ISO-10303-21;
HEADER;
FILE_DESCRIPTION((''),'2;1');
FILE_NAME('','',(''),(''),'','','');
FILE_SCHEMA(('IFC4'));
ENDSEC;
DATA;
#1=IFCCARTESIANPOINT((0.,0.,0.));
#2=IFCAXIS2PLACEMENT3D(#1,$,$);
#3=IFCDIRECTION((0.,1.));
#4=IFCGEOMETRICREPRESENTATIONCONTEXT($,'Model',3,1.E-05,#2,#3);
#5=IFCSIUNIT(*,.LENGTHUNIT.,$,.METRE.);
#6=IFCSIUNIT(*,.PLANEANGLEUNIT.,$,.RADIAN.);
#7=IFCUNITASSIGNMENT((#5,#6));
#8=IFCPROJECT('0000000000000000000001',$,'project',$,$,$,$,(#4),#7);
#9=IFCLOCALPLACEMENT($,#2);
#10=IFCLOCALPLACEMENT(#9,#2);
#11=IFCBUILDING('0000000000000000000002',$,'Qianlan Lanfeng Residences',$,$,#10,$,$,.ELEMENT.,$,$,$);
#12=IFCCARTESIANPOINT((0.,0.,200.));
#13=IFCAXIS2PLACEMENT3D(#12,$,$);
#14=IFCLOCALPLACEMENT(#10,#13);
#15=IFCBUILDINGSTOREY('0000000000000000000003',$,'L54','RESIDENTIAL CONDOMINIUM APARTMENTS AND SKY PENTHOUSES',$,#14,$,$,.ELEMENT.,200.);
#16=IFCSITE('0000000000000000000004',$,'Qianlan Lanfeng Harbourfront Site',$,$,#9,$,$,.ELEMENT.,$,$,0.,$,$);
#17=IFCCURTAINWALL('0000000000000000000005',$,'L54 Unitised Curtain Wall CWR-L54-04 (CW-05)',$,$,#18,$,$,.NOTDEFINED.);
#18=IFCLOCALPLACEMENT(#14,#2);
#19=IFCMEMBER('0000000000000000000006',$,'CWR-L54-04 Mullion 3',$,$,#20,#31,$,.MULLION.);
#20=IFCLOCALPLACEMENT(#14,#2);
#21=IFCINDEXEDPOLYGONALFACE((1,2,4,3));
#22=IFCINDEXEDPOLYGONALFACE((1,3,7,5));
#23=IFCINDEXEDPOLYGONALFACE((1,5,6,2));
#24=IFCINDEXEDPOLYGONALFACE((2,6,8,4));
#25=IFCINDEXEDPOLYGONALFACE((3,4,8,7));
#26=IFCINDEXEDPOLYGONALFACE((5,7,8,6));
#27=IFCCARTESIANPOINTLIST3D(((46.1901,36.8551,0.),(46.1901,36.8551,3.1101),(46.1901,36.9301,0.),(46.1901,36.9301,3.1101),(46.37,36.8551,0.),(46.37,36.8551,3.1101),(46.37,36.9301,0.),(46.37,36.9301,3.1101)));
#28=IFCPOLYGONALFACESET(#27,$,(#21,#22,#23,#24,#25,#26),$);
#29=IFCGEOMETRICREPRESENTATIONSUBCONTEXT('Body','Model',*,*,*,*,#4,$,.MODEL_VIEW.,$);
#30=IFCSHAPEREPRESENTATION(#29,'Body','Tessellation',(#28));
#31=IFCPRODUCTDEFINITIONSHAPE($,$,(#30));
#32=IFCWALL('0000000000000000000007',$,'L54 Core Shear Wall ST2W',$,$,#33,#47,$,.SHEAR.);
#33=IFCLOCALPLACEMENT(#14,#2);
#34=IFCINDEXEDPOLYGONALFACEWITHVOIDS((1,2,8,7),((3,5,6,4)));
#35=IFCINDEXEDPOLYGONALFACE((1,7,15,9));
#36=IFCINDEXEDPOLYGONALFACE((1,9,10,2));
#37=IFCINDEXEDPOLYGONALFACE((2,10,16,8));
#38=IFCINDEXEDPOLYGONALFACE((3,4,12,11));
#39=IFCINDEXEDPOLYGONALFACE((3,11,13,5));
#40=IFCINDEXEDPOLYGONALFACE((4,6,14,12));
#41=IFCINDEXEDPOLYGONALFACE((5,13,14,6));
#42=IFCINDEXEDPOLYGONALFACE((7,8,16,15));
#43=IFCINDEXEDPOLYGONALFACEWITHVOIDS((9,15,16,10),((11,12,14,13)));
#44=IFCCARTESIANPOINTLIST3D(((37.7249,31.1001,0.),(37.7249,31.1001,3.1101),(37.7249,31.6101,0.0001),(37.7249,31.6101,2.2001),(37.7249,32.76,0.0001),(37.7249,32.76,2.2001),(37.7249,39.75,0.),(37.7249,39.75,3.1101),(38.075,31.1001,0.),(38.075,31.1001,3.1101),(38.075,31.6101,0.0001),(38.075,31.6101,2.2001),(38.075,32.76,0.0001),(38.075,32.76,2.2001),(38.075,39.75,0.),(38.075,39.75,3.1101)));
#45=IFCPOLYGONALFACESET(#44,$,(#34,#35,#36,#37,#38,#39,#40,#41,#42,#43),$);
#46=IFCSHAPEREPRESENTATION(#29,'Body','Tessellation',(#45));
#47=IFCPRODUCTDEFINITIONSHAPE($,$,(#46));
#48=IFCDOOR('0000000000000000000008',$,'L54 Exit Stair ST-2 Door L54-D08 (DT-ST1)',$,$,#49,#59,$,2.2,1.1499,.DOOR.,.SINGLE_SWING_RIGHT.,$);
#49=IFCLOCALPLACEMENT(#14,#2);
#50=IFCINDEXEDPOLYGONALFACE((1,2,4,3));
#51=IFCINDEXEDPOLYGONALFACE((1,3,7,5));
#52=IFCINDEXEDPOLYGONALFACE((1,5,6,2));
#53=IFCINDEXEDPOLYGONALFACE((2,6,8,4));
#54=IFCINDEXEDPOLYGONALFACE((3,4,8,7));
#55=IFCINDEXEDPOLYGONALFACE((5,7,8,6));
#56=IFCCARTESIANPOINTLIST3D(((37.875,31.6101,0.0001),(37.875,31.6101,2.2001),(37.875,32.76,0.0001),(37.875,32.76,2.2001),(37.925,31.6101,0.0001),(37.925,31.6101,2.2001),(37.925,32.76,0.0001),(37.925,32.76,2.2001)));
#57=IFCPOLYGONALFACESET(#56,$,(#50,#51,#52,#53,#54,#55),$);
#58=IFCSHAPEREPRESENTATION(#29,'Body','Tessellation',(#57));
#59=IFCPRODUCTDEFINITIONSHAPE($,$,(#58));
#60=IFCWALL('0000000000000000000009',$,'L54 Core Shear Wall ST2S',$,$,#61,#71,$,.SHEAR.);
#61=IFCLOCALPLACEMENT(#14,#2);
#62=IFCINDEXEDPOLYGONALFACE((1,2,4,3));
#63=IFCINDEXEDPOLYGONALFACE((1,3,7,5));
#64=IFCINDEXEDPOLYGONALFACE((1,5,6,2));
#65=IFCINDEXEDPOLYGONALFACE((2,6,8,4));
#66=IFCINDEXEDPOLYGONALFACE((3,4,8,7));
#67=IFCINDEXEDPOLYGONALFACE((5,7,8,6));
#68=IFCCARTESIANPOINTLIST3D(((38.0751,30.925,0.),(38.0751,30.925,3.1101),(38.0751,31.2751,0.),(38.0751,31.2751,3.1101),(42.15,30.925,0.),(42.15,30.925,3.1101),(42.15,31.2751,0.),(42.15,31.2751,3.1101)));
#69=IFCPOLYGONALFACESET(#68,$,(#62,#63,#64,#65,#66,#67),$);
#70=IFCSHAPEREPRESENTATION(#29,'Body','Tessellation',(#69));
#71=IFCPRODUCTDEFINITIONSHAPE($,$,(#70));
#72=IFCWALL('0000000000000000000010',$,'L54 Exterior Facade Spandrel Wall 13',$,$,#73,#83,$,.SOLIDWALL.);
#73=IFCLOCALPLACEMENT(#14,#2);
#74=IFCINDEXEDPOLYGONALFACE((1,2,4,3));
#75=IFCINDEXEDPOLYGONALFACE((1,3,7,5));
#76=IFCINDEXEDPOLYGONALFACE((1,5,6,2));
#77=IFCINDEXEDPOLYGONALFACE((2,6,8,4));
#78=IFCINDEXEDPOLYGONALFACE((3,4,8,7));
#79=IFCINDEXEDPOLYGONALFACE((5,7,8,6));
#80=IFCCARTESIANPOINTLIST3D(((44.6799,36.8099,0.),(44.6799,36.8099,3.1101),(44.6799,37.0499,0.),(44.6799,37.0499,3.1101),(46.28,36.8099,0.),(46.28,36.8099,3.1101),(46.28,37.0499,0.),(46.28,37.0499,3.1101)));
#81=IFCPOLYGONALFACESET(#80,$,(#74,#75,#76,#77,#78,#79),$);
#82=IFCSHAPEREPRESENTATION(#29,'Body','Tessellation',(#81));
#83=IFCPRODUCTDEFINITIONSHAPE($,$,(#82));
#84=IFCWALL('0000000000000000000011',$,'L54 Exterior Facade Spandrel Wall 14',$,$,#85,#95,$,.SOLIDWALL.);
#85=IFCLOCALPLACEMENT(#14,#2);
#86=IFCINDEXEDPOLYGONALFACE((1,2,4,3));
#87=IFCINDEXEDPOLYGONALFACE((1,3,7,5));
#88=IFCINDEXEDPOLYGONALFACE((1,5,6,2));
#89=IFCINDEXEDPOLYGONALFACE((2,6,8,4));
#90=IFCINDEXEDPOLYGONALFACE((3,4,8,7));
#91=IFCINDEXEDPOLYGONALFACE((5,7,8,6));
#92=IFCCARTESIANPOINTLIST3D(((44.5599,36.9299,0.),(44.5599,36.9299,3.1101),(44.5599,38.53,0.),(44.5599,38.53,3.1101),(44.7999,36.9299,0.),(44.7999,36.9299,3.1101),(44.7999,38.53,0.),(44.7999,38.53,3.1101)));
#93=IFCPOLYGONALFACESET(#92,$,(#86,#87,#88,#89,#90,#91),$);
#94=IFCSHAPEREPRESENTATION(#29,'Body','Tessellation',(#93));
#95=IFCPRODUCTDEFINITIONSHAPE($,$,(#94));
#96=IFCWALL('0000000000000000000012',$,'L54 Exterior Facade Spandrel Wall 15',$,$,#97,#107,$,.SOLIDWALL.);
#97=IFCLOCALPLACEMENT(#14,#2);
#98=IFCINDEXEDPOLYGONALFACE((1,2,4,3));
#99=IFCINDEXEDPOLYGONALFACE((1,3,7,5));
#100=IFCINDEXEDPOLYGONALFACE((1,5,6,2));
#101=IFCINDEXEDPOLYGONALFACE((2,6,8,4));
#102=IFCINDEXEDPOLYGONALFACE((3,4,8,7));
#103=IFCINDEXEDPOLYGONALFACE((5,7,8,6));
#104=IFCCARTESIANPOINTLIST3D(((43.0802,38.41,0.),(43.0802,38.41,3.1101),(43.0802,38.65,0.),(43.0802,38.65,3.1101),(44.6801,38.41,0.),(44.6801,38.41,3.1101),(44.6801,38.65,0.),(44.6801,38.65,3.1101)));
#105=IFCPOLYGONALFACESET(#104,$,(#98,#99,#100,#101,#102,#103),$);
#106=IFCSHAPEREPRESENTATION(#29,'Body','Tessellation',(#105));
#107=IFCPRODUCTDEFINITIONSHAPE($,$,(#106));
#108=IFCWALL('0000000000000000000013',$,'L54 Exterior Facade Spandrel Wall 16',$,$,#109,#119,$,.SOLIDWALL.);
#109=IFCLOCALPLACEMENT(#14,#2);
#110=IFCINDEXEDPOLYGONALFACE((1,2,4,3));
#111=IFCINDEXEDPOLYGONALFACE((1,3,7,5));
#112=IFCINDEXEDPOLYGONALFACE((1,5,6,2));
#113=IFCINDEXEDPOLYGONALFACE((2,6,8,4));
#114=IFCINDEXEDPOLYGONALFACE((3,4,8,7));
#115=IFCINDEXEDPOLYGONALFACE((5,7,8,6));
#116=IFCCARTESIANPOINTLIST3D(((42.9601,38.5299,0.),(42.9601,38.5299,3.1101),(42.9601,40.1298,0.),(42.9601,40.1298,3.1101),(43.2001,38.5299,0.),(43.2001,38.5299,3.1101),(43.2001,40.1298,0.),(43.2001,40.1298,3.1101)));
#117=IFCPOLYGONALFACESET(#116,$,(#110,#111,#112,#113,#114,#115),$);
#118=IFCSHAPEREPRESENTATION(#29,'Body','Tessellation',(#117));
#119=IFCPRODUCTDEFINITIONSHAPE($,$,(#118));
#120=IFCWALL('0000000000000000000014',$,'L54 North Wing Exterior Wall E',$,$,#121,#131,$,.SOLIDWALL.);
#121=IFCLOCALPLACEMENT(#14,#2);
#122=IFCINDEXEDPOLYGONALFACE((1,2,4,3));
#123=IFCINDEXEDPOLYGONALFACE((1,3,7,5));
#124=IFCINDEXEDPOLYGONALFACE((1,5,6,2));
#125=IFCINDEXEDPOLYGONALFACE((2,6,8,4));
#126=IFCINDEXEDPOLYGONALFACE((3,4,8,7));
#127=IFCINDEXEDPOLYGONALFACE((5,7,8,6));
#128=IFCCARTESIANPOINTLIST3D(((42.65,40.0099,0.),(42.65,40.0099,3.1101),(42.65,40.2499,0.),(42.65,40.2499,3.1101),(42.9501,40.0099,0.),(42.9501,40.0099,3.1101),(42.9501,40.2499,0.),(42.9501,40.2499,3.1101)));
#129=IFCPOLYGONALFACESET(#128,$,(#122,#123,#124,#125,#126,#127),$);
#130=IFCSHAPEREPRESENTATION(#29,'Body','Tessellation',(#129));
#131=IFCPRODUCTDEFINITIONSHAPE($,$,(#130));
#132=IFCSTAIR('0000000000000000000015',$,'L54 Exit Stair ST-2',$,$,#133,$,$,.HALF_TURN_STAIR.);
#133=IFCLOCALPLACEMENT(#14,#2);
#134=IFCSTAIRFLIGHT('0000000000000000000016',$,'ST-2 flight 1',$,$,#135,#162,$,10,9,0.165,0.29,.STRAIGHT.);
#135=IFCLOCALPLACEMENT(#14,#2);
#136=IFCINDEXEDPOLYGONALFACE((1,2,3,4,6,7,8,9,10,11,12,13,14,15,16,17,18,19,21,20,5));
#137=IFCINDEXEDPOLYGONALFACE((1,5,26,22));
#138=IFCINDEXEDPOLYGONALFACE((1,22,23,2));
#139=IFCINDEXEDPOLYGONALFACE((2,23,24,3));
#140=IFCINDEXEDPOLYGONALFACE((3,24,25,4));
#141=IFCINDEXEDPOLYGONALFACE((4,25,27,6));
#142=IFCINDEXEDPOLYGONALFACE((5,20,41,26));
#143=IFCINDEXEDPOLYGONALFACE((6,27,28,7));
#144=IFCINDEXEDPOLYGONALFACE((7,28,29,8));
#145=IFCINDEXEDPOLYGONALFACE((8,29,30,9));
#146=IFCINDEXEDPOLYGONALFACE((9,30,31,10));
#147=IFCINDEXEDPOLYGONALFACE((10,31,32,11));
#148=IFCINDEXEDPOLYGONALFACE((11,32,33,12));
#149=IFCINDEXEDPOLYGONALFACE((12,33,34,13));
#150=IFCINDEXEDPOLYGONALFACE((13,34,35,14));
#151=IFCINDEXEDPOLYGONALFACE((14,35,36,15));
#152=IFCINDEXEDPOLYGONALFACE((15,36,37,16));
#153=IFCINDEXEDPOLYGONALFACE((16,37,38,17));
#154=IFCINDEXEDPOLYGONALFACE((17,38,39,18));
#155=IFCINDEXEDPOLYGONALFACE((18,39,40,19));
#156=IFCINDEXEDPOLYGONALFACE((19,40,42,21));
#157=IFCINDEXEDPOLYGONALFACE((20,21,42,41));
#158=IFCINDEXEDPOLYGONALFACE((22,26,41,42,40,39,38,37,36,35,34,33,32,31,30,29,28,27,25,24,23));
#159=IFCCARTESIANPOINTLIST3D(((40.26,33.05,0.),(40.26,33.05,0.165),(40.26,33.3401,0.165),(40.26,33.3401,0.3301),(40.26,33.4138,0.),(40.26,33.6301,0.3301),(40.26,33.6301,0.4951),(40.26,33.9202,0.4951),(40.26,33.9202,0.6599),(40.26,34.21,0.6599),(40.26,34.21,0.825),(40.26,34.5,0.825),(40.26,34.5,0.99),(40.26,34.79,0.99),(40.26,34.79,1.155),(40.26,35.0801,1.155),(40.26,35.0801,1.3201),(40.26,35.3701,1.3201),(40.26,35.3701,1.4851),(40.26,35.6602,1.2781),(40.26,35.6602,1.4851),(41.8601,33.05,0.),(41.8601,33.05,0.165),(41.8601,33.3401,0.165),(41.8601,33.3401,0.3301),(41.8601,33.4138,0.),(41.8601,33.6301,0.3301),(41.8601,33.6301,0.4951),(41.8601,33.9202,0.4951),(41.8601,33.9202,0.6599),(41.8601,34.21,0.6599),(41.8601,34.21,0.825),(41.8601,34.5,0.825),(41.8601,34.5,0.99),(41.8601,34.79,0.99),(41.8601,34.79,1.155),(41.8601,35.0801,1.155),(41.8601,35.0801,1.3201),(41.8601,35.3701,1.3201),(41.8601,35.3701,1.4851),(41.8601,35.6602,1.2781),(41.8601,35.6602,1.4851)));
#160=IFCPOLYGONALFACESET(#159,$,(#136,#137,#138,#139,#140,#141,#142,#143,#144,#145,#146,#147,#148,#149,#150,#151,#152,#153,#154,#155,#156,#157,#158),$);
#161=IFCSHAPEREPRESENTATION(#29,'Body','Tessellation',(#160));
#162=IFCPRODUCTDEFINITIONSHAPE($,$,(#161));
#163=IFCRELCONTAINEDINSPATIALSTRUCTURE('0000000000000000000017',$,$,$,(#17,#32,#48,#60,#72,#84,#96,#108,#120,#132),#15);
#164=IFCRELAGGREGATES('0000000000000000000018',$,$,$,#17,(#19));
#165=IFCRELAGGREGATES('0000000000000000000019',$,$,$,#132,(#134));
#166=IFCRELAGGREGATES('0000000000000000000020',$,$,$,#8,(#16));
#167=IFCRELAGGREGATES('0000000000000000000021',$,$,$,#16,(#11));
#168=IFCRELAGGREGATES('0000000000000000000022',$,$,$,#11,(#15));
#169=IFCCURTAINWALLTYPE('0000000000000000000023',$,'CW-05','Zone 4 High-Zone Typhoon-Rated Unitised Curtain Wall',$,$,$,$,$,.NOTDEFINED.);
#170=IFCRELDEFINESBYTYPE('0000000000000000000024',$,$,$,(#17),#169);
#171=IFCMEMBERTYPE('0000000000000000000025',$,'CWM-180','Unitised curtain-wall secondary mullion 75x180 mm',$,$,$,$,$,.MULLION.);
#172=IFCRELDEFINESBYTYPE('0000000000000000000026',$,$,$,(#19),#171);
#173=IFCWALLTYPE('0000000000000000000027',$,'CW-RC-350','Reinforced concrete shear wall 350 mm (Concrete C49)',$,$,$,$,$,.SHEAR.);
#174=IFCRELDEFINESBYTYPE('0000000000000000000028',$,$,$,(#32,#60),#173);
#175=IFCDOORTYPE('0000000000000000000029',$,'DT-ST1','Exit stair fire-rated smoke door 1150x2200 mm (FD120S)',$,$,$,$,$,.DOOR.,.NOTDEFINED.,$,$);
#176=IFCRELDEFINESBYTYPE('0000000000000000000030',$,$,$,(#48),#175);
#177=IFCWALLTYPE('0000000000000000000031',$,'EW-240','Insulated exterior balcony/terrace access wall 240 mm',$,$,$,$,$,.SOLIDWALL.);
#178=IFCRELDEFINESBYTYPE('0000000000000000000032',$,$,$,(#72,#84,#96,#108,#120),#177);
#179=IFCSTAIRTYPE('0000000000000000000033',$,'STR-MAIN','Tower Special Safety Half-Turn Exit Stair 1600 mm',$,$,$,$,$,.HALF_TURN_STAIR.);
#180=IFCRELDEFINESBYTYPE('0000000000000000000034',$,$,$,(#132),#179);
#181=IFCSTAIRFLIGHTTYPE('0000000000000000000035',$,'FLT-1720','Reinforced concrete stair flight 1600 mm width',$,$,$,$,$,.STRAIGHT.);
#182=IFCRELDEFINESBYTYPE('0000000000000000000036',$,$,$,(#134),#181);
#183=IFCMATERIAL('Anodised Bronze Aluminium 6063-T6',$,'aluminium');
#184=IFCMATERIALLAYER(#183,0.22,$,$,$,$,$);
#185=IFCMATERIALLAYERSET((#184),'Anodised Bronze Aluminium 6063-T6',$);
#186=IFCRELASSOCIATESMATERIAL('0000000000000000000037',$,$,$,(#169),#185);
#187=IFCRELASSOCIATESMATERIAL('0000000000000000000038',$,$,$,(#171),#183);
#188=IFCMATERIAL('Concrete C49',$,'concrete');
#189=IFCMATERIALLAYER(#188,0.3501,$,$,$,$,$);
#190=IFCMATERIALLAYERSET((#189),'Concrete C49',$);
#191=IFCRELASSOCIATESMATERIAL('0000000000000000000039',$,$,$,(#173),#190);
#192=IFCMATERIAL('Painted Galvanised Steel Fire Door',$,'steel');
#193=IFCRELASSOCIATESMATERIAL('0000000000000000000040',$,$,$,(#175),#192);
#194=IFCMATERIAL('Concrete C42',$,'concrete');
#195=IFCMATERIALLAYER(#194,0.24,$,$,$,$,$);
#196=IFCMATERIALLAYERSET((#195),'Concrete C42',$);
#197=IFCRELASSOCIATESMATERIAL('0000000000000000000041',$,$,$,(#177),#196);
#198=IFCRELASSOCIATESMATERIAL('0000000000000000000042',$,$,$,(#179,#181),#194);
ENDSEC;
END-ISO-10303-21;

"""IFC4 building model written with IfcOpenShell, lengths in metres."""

from ifc_helpers import new_model, si_unit, direction, frame, frame_2d, origin, origin_2d, place, context, subcontext, project, spatial, polyline, rectangle, outline, extrude, source, transform, mapped, material, layer, layer_set, material_profile, profile_set, type_object, element, fill, aggregate, save


model = new_model("IFC4")

# Units and contexts
model_context = context("Model", 3, precision=1e-05, world=origin(), true_north=direction((0.0, 1.0)))
body_context = subcontext(model_context, "Body", "Model", "MODEL_VIEW")
ifc_project = project(units=[si_unit("LENGTHUNIT", "METRE"), si_unit("PLANEANGLEUNIT", "RADIAN")], contexts=[model_context])

# Site, building, storey
site_placement = place(None, origin())
site = spatial("IfcSite", under=ifc_project, at=site_placement, Name="Qianlan Lanfeng Harbourfront Site", CompositionType="ELEMENT", RefElevation=0.0)
building_placement = place(site_placement, origin())
building = spatial("IfcBuilding", under=site, at=building_placement, Name="Qianlan Lanfeng Residences", CompositionType="ELEMENT")
storey_placement = place(building_placement, frame((0.0, 0.0, 200.0)))
storey = spatial("IfcBuildingStorey", under=building, at=storey_placement, Name="L54", Description="RESIDENTIAL CONDOMINIUM APARTMENTS AND SKY PENTHOUSES", CompositionType="ELEMENT", Elevation=200.0)

# Curtain wall, member
ifc_material_1 = material(Name="Anodised Bronze Aluminium 6063-T6", Category="aluminium")
ifc_layer_1 = layer(ifc_material_1, 0.22)
ifc_layer_set_1 = layer_set([ifc_layer_1], Name="Anodised Bronze Aluminium 6063-T6")
curtain_wall_type = type_object("IfcCurtainWallType", Name="CW-05", Description="Zone 4 High-Zone Typhoon-Rated Unitised Curtain Wall", PredefinedType="NOTDEFINED", material=ifc_layer_set_1)
curtain_wall_placement = place(storey_placement, origin())
curtain_wall = element("IfcCurtainWall", 1, at=curtain_wall_placement, inside=storey, type_object=curtain_wall_type, Name="L54 Unitised Curtain Wall CWR-L54-04 (CW-05)", PredefinedType="NOTDEFINED")
ifc_material_profile = material_profile(ifc_material_1, rectangle(XDim=0.075, YDim=0.1799, at=origin_2d()), Name="ALU MULLION 75x180")
ifc_profile_set = profile_set([ifc_material_profile], Name="Anodised Bronze Aluminium 6063-T6")
member_type = type_object("IfcMemberType", Name="CWM-180", Description="Unitised curtain-wall secondary mullion 75x180 mm", PredefinedType="MULLION", material=ifc_profile_set)
shared_shape_1 = source(origin(), body_context, "Body", "SweptSolid", [
    extrude(rectangle(XDim=0.075, YDim=0.1799, at=origin_2d()), origin(), (0.0, 0.0, 1.0), 3.1101),
])
member_placement = place(storey_placement, frame((46.28, 36.8926, 0.0), z_axis=(0.0, 0.0, 1.0), x_axis=(0.0, 1.0, 0.0)))
member = element("IfcMember", 2, at=member_placement, type_object=member_type, Name="CWR-L54-04 Mullion 3", PredefinedType="MULLION", context=body_context, shape_type="MappedRepresentation", body=[
    mapped(shared_shape_1, transform((0.0, 0.0, 0.0), scale=1.0)),
])
aggregate(curtain_wall, [member])

# Wall, opening, door
ifc_material_2 = material(Name="Concrete C49", Category="concrete")
ifc_layer_2 = layer(ifc_material_2, 0.3501)
ifc_layer_set_2 = layer_set([ifc_layer_2], Name="Concrete C49")
wall_type_1 = type_object("IfcWallType", Name="CW-RC-350", Description="Reinforced concrete shear wall 350 mm (Concrete C49)", PredefinedType="SHEAR", material=ifc_layer_set_2)
wall_1_placement = place(storey_placement, frame((37.8999, 31.1001, 0.0), z_axis=(0.0, 0.0, 1.0), x_axis=(0.0, 1.0, 0.0)))
wall_1 = element("IfcWall", 3, at=wall_1_placement, inside=storey, type_object=wall_type_1, Name="L54 Core Shear Wall ST2W", PredefinedType="SHEAR", context=body_context, shape_type="SweptSolid", body=[
    extrude(rectangle(XDim=8.6499, YDim=0.3501, at=frame_2d((4.325, 0.0))), origin(), (0.0, 0.0, 1.0), 3.1101),
])
opening_1_placement = place(wall_1_placement, frame((0.51, 0.0, 0.0)))
opening_1 = element("IfcOpeningElement", 4, at=opening_1_placement, cuts=wall_1, PredefinedType="OPENING", context=body_context, shape_type="SweptSolid", body=[
    extrude(rectangle(XDim=1.1499, YDim=2.2, at=frame_2d((0.575, 1.1001))), frame((0.0, 0.1851, 0.0), z_axis=(0.0, -1.0, 0.0), x_axis=(1.0, 0.0, 0.0)), (0.0, 0.0, 1.0), 0.3701),
])
ifc_material_3 = material(Name="Painted Galvanised Steel Fire Door", Category="steel")
door_type_1 = type_object("IfcDoorType", Name="DT-ST1", Description="Exit stair fire-rated smoke door 1150x2200 mm (FD120S)", OperationType="NOTDEFINED", PredefinedType="DOOR", material=ifc_material_3)
door_1_placement = place(opening_1_placement, origin())
door_1 = element("IfcDoor", 5, at=door_1_placement, inside=storey, type_object=door_type_1, Name="L54 Exit Stair ST-2 Door L54-D08 (DT-ST1)", OperationType="SINGLE_SWING_RIGHT", OverallHeight=2.2, OverallWidth=1.1499, PredefinedType="DOOR", context=body_context, shape_type="SweptSolid", body=[
    extrude(rectangle(XDim=1.1499, YDim=2.2, at=frame_2d((0.575, 1.1001))), frame((0.0, 0.0249, 0.0), z_axis=(0.0, -1.0, 0.0), x_axis=(1.0, 0.0, 0.0)), (0.0, 0.0, 1.0), 0.05),
])
fill(opening_1, door_1)

# Walls
wall_2_placement = place(storey_placement, frame((38.075, 31.1001, 0.0), z_axis=(0.0, 0.0, 1.0), x_axis=(1.0, 0.0, 0.0)))
element("IfcWall", 6, at=wall_2_placement, inside=storey, type_object=wall_type_1, Name="L54 Core Shear Wall ST2S", PredefinedType="SHEAR", context=body_context, shape_type="SweptSolid", body=[
    extrude(rectangle(XDim=4.075, YDim=0.3501, at=frame_2d((2.0376, 0.0))), origin(), (0.0, 0.0, 1.0), 3.1101),
])
ifc_material_4 = material(Name="Concrete C42", Category="concrete")
ifc_layer_3 = layer(ifc_material_4, 0.24)
ifc_layer_set_3 = layer_set([ifc_layer_3], Name="Concrete C42")
wall_type_2 = type_object("IfcWallType", Name="EW-240", Description="Insulated exterior balcony/terrace access wall 240 mm", PredefinedType="SOLIDWALL", material=ifc_layer_set_3)
for number, where, z_axis, x_axis, name in (
    (7, (46.28, 36.9299, 0.0), (0.0, 0.0, 1.0), (-1.0, 0.0, 0.0), "L54 Exterior Facade Spandrel Wall 13"),
    (8, (44.6799, 36.9299, 0.0), (0.0, 0.0, 1.0), (0.0, 1.0, 0.0), "L54 Exterior Facade Spandrel Wall 14"),
):
    element("IfcWall", number, at=place(storey_placement, frame(where, z_axis=z_axis, x_axis=x_axis)), inside=storey, type_object=wall_type_2, Name=name, PredefinedType="SOLIDWALL", context=body_context, shape_type="SweptSolid", body=[
        extrude(rectangle(XDim=1.6001, YDim=0.24, at=frame_2d((0.8, 0.0))), origin(), (0.0, 0.0, 1.0), 3.1101),
    ])
for number, where, z_axis, x_axis, name in (
    (9, (44.6799, 38.53, 0.0), (0.0, 0.0, 1.0), (-1.0, 0.0, 0.0), "L54 Exterior Facade Spandrel Wall 15"),
    (10, (43.0801, 38.53, 0.0), (0.0, 0.0, 1.0), (0.0, 1.0, 0.0), "L54 Exterior Facade Spandrel Wall 16"),
):
    element("IfcWall", number, at=place(storey_placement, frame(where, z_axis=z_axis, x_axis=x_axis)), inside=storey, type_object=wall_type_2, Name=name, PredefinedType="SOLIDWALL", context=body_context, shape_type="SweptSolid", body=[
        extrude(rectangle(XDim=1.5999, YDim=0.24, at=frame_2d((0.7998, 0.0))), origin(), (0.0, 0.0, 1.0), 3.1101),
    ])
wall_3_placement = place(storey_placement, frame((42.95, 40.1299, 0.0), z_axis=(0.0, 0.0, 1.0), x_axis=(-1.0, 0.0, 0.0)))
element("IfcWall", 11, at=wall_3_placement, inside=storey, type_object=wall_type_2, Name="L54 North Wing Exterior Wall E", PredefinedType="SOLIDWALL", context=body_context, shape_type="SweptSolid", body=[
    extrude(rectangle(XDim=0.3, YDim=0.24, at=frame_2d((0.1499, 0.0))), origin(), (0.0, 0.0, 1.0), 3.1101),
])

# Stair, stair flight
stair_type = type_object("IfcStairType", Name="STR-MAIN", Description="Tower Special Safety Half-Turn Exit Stair 1600 mm", PredefinedType="HALF_TURN_STAIR", material=ifc_material_4)
stair_placement = place(storey_placement, origin())
stair = element("IfcStair", 12, at=stair_placement, inside=storey, type_object=stair_type, Name="L54 Exit Stair ST-2", PredefinedType="HALF_TURN_STAIR")
stair_flight_type = type_object("IfcStairFlightType", Name="FLT-1720", Description="Reinforced concrete stair flight 1600 mm width", PredefinedType="STRAIGHT", material=ifc_material_4)
stair_flight_1_placement = place(storey_placement, frame((41.0601, 33.05, 0.0), z_axis=(0.0, 0.0, 1.0), x_axis=(0.0, 1.0, 0.0)))
stair_flight_1 = element("IfcStairFlight", 13, at=stair_flight_1_placement, type_object=stair_flight_type, Name="ST-2 flight 1", NumberOfRisers=10, NumberOfTreads=9, PredefinedType="STRAIGHT", RiserHeight=0.165, TreadLength=0.29, context=body_context, shape_type="SweptSolid", body=[
    extrude(outline(polyline([(0.0, 0.0), (0.0, 0.165), (0.29, 0.165), (0.29, 0.3301), (0.5801, 0.3301), (0.5801, 0.4951), (0.8701, 0.4951), (0.8701, 0.6599), (1.1599, 0.6599), (1.1599, 0.825), (1.45, 0.825), (1.45, 0.99), (1.74, 0.99), (1.74, 1.155), (2.03, 1.155), (2.03, 1.3201), (2.3201, 1.3201), (2.3201, 1.4851), (2.6101, 1.4851), (2.6101, 1.6499), (2.6101, 1.2781), (0.3638, 0.0), (0.0, 0.0)])), frame((0.0, 0.8, 0.0), z_axis=(0.0, -1.0, 0.0), x_axis=(1.0, 0.0, 0.0)), (0.0, 0.0, 1.0), 1.6001),
])
aggregate(stair, [stair_flight_1])

save(model, "model.ifc")
